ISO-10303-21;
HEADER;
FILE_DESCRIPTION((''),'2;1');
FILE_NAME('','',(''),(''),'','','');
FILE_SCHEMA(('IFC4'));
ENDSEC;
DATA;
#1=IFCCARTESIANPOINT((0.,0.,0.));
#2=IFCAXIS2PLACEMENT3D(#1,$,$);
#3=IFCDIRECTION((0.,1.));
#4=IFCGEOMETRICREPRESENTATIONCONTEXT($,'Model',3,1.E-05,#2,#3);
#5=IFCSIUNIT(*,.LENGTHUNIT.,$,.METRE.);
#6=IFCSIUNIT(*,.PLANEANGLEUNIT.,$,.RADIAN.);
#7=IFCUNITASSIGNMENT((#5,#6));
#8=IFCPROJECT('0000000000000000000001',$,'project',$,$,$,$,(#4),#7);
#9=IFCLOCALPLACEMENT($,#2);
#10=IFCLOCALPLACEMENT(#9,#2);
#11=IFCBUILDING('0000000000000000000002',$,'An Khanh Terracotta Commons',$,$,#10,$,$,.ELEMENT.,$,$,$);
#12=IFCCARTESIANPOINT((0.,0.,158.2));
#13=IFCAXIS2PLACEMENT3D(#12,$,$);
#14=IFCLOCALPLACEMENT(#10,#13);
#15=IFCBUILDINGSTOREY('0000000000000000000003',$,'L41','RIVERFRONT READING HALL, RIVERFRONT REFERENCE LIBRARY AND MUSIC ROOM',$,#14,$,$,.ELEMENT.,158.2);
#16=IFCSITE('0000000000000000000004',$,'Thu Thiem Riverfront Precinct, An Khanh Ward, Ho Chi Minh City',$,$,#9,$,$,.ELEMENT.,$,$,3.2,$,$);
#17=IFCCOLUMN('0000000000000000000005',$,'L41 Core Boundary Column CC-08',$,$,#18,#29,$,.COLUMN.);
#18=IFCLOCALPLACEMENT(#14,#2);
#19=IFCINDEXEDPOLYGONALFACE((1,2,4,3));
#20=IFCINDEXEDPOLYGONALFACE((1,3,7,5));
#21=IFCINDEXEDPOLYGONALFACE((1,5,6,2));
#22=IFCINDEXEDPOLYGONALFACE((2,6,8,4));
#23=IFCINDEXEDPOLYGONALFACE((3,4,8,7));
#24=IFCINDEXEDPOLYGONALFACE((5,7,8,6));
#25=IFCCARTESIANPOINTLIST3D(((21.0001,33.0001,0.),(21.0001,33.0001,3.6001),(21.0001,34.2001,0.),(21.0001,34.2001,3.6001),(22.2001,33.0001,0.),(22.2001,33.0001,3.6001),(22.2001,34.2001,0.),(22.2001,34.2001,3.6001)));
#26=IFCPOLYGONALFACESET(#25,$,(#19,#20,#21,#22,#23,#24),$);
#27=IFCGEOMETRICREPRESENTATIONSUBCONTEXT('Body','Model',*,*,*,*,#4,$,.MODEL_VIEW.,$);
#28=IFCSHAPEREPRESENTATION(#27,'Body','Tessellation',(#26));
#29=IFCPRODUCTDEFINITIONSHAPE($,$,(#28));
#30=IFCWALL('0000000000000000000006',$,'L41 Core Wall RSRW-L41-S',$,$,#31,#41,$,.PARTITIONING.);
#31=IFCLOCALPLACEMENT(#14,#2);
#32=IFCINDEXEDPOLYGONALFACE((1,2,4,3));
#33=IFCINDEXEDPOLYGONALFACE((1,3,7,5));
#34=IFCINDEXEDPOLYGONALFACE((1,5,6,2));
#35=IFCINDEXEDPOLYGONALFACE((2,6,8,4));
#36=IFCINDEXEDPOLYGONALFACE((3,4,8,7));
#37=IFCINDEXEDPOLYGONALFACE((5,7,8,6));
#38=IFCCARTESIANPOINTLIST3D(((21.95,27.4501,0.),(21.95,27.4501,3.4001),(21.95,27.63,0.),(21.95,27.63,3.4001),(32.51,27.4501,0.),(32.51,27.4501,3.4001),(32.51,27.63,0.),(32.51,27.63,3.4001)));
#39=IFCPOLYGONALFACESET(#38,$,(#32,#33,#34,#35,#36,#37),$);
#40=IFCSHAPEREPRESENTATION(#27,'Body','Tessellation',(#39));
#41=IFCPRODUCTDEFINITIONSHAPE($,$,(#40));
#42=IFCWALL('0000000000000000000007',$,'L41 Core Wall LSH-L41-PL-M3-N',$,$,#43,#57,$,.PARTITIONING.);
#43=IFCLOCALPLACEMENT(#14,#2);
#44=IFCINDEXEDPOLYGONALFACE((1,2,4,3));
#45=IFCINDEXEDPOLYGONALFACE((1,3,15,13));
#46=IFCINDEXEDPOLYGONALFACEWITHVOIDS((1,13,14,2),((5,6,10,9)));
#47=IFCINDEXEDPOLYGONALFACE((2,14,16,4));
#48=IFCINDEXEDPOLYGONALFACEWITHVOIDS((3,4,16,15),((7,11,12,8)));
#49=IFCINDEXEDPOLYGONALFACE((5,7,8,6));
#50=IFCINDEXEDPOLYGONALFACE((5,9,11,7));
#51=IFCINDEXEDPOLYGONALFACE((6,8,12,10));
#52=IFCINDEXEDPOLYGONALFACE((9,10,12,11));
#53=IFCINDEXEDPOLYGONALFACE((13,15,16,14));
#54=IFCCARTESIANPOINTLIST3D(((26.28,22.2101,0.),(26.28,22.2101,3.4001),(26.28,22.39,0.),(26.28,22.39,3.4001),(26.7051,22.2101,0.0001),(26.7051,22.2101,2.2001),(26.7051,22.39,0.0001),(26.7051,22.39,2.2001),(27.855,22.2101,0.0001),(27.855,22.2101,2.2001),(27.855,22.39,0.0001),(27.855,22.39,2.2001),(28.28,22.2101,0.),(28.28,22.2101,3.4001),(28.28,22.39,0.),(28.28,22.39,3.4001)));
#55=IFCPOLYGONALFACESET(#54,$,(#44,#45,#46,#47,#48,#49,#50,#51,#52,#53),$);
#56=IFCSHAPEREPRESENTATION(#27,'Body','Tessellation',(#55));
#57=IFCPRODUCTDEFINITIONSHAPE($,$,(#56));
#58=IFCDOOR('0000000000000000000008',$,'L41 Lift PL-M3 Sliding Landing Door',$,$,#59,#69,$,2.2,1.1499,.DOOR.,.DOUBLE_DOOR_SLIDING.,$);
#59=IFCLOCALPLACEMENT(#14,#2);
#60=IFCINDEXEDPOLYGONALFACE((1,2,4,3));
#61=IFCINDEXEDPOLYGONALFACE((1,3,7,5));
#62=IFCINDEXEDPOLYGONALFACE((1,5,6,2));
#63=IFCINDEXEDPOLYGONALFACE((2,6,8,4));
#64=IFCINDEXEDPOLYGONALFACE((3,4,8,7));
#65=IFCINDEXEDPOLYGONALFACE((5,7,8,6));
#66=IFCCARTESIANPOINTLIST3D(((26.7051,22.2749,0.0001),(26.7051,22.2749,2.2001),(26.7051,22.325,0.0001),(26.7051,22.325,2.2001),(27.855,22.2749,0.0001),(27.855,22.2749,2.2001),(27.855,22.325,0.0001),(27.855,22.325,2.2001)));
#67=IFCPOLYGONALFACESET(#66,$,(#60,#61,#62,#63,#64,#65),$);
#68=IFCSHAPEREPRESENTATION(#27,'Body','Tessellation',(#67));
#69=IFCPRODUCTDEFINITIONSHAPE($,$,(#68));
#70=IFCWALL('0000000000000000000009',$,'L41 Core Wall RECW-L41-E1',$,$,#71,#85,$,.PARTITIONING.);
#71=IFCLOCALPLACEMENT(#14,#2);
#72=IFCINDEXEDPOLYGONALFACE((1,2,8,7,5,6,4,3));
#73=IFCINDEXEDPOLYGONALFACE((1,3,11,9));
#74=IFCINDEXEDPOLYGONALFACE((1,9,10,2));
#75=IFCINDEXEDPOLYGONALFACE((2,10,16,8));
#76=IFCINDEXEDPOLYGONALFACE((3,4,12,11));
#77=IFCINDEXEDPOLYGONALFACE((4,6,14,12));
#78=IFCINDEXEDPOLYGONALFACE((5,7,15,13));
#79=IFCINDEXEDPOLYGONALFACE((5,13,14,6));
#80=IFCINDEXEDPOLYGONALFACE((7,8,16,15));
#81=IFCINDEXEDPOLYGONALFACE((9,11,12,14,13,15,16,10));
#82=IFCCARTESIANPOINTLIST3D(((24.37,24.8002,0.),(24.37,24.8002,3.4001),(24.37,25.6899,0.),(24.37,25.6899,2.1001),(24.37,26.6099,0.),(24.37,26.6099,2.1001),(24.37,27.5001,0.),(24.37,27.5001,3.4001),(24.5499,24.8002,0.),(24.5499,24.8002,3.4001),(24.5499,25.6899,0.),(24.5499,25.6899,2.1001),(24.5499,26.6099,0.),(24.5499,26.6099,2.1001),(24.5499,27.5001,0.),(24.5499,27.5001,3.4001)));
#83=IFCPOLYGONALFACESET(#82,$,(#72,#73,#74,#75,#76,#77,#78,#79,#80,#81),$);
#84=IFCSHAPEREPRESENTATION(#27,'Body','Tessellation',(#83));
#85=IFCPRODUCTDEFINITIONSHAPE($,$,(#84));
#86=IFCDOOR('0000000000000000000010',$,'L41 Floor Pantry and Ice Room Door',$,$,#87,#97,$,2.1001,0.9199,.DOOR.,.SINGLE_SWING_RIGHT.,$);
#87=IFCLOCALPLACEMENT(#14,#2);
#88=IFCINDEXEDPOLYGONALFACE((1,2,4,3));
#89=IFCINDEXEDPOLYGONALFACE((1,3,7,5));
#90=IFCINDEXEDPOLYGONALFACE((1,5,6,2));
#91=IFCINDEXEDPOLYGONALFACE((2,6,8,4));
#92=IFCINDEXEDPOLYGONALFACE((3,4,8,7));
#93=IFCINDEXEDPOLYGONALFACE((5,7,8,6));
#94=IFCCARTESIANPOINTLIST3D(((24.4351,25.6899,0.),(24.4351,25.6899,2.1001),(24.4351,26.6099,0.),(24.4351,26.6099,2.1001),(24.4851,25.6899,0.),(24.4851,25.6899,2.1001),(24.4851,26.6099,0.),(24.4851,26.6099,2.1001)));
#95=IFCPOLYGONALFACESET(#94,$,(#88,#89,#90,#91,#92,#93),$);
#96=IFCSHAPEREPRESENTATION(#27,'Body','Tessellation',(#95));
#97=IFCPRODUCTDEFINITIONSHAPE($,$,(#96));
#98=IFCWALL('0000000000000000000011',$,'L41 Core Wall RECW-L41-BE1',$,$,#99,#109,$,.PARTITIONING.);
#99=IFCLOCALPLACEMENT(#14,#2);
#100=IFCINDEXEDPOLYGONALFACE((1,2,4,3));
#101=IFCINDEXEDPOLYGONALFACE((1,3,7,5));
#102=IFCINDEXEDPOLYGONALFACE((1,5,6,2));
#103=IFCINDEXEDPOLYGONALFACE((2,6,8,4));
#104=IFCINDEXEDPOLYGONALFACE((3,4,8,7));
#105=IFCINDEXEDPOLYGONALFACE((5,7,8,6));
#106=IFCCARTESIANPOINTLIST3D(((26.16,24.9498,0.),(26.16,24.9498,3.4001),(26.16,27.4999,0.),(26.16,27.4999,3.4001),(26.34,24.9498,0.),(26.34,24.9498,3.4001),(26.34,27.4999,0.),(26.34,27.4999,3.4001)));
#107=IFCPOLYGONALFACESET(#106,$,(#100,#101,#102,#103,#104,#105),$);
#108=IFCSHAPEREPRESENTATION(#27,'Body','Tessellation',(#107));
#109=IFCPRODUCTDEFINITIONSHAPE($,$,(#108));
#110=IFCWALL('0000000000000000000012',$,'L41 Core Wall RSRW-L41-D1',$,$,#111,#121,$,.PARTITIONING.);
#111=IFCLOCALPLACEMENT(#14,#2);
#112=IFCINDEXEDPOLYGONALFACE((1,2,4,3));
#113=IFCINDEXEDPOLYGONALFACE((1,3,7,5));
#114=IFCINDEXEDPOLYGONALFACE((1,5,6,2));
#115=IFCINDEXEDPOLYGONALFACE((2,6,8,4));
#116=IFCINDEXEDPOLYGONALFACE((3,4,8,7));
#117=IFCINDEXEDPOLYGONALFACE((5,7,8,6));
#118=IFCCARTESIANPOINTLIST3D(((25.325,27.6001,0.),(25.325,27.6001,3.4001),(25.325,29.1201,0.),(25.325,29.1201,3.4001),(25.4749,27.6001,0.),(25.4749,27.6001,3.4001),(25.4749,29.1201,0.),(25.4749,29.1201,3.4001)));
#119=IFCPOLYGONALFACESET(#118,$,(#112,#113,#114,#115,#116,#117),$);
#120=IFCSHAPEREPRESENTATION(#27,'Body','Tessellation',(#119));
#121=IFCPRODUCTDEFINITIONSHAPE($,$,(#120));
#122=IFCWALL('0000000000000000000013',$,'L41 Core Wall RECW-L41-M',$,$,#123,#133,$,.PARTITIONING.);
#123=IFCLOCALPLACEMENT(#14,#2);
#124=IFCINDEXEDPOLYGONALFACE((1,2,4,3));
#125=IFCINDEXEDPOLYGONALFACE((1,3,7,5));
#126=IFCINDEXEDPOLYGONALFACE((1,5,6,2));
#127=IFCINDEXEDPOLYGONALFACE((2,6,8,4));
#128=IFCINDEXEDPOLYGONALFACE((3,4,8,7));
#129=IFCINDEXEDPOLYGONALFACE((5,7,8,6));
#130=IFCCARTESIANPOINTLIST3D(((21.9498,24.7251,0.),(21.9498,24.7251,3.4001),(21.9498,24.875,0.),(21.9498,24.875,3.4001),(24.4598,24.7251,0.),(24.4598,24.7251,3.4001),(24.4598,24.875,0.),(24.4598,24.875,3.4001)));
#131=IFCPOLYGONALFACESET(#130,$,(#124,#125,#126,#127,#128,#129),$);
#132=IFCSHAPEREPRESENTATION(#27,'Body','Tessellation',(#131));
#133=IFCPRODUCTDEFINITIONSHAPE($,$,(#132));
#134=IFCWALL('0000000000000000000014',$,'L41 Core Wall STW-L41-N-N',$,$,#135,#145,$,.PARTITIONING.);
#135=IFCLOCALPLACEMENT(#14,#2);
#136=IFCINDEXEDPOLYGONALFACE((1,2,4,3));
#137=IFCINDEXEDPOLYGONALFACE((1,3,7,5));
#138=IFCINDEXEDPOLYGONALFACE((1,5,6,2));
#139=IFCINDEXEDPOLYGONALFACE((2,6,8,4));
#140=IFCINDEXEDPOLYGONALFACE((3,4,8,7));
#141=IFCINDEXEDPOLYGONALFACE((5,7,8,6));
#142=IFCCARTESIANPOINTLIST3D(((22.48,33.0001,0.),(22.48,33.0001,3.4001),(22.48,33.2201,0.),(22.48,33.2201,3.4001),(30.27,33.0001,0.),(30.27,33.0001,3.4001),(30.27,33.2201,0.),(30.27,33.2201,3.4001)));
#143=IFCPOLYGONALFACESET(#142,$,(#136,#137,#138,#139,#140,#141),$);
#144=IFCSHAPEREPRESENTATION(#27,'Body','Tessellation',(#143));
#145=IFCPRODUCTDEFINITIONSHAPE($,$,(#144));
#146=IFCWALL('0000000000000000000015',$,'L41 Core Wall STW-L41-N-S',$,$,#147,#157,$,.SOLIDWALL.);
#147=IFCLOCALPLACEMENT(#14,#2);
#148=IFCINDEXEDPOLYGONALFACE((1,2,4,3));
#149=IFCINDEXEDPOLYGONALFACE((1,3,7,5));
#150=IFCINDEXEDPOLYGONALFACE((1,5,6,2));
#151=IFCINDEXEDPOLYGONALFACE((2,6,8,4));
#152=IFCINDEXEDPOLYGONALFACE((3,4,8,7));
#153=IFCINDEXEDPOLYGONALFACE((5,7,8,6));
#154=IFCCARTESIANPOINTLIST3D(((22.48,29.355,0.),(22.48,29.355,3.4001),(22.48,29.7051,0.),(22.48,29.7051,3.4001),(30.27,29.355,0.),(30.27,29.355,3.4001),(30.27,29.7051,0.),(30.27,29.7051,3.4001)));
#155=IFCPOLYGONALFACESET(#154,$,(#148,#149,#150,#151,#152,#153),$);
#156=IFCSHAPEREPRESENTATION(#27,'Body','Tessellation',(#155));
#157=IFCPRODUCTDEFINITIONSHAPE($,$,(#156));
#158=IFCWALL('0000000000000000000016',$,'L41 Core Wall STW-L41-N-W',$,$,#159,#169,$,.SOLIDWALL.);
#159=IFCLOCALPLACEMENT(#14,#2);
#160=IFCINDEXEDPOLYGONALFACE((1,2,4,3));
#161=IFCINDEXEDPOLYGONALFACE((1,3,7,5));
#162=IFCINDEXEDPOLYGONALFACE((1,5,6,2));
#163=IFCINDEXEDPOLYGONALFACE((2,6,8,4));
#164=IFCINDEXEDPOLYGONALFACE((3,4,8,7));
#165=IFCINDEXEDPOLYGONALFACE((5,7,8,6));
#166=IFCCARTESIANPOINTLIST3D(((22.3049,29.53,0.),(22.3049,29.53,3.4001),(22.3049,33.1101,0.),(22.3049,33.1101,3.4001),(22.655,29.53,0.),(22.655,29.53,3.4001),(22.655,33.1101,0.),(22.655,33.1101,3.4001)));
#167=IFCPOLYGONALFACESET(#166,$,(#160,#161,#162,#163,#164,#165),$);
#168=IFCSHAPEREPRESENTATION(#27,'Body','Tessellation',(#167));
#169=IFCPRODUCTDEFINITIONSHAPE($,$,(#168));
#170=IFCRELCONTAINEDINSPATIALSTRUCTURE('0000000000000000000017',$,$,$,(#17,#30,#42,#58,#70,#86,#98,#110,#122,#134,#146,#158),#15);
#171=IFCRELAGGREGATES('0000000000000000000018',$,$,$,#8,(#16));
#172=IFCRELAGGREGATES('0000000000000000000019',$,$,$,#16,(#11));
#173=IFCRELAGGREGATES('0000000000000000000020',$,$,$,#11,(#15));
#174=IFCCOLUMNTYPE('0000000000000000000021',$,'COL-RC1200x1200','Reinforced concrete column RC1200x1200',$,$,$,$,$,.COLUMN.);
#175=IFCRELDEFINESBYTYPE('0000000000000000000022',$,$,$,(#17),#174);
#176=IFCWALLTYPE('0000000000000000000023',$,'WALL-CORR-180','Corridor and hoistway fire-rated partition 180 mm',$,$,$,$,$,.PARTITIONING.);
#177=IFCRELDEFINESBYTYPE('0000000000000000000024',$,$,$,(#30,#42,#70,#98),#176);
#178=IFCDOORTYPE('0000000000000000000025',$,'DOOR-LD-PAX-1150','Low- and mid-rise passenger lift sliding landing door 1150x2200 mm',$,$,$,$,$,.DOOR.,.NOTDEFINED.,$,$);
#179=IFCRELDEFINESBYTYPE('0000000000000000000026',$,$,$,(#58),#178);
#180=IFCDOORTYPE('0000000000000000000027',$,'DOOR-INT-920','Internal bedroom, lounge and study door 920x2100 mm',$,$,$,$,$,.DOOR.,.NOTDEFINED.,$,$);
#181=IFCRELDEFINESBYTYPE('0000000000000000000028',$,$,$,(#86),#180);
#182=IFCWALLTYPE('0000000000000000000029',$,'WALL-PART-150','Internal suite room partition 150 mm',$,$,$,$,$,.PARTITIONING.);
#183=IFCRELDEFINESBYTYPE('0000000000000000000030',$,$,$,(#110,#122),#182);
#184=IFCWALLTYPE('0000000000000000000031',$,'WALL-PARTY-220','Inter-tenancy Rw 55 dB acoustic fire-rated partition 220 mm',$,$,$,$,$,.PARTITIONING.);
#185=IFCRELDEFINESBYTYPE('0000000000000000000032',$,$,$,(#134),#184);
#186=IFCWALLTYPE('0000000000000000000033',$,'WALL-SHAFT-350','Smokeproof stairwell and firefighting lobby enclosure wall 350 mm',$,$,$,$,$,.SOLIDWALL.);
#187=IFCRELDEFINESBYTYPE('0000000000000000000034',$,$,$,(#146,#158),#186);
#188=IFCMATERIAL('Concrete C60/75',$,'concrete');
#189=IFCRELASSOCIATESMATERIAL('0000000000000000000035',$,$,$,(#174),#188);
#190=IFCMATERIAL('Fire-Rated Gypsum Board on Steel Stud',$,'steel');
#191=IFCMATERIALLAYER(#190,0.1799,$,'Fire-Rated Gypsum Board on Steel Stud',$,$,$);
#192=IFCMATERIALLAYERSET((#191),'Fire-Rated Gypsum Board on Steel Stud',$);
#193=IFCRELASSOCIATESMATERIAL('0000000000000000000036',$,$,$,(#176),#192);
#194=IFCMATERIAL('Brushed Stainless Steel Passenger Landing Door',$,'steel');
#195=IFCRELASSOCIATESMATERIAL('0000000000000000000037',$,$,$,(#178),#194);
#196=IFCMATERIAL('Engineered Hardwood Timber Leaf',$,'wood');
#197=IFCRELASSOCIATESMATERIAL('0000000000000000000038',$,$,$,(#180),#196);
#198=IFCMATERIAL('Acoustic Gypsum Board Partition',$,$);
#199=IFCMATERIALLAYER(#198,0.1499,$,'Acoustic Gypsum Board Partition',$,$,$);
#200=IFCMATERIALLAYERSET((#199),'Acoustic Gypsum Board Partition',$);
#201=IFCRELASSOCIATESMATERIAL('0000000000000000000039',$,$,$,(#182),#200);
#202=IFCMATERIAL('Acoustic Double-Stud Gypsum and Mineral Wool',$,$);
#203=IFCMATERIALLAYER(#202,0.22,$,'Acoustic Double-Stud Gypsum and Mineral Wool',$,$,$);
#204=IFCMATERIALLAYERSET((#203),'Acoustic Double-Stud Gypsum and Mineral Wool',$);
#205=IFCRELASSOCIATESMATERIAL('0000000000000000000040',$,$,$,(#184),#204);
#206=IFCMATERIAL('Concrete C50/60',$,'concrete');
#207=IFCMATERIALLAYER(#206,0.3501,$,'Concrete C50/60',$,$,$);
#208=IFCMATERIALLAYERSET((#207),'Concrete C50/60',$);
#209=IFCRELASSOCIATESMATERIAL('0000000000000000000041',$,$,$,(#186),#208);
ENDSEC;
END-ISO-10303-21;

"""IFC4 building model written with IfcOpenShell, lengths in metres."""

from ifc_helpers import new_model, si_unit, direction, frame, frame_2d, origin, origin_2d, place, context, subcontext, project, spatial, rectangle, extrude, material, layer, layer_set, material_profile, profile_set, type_object, element, fill, save


model = new_model("IFC4")

# Units and contexts
model_context = context("Model", 3, precision=1e-05, world=origin(), true_north=direction((0.0, 1.0)))
body_context = subcontext(model_context, "Body", "Model", "MODEL_VIEW")
ifc_project = project(units=[si_unit("LENGTHUNIT", "METRE"), si_unit("PLANEANGLEUNIT", "RADIAN")], contexts=[model_context])

# Site, building, storey
site_placement = place(None, origin())
site = spatial("IfcSite", under=ifc_project, at=site_placement, Name="Thu Thiem Riverfront Precinct, An Khanh Ward, Ho Chi Minh City", CompositionType="ELEMENT", RefElevation=3.2)
building_placement = place(site_placement, origin())
building = spatial("IfcBuilding", under=site, at=building_placement, Name="An Khanh Terracotta Commons", CompositionType="ELEMENT")
storey_placement = place(building_placement, frame((0.0, 0.0, 158.2)))
storey = spatial("IfcBuildingStorey", under=building, at=storey_placement, Name="L41", Description="RIVERFRONT READING HALL, RIVERFRONT REFERENCE LIBRARY AND MUSIC ROOM", CompositionType="ELEMENT", Elevation=158.2)

# Column
ifc_material_1 = material(Name="Concrete C60/75", Category="concrete")
ifc_material_profile = material_profile(ifc_material_1, rectangle(XDim=1.2, YDim=1.2, at=origin_2d()), Name="RC1200x1200")
ifc_profile_set = profile_set([ifc_material_profile], Name="Concrete C60/75")
column_type = type_object("IfcColumnType", Name="COL-RC1200x1200", Description="Reinforced concrete column RC1200x1200", PredefinedType="COLUMN", material=ifc_profile_set)
column_placement = place(storey_placement, frame((21.6001, 33.6001, 0.0), z_axis=(0.0, 0.0, 1.0), x_axis=(1.0, 0.0, 0.0)))
element("IfcColumn", 1, at=column_placement, inside=storey, type_object=column_type, Name="L41 Core Boundary Column CC-08", PredefinedType="COLUMN", context=body_context, shape_type="SweptSolid", body=[
    extrude(rectangle(XDim=1.2, YDim=1.2, at=origin_2d()), origin(), (0.0, 0.0, 1.0), 3.6001),
])

# Wall
ifc_material_2 = material(Name="Fire-Rated Gypsum Board on Steel Stud", Category="steel")
ifc_layer_1 = layer(ifc_material_2, 0.1799, Name="Fire-Rated Gypsum Board on Steel Stud")
ifc_layer_set_1 = layer_set([ifc_layer_1], Name="Fire-Rated Gypsum Board on Steel Stud")
wall_type_1 = type_object("IfcWallType", Name="WALL-CORR-180", Description="Corridor and hoistway fire-rated partition 180 mm", PredefinedType="PARTITIONING", material=ifc_layer_set_1)
wall_1_placement = place(storey_placement, frame((21.95, 27.54, 0.0), z_axis=(0.0, 0.0, 1.0), x_axis=(1.0, 0.0, 0.0)))
element("IfcWall", 2, at=wall_1_placement, inside=storey, type_object=wall_type_1, Name="L41 Core Wall RSRW-L41-S", PredefinedType="PARTITIONING", context=body_context, shape_type="SweptSolid", body=[
    extrude(rectangle(XDim=10.5601, YDim=0.1799, at=frame_2d((5.28, 0.0))), origin(), (0.0, 0.0, 1.0), 3.4001),
])

# Walls, openings, doors
wall_2_placement = place(storey_placement, frame((26.28, 22.3, 0.0), z_axis=(0.0, 0.0, 1.0), x_axis=(1.0, 0.0, 0.0)))
wall_2 = element("IfcWall", 3, at=wall_2_placement, inside=storey, type_object=wall_type_1, Name="L41 Core Wall LSH-L41-PL-M3-N", PredefinedType="PARTITIONING", context=body_context, shape_type="SweptSolid", body=[
    extrude(rectangle(XDim=2.0, YDim=0.1799, at=frame_2d((1.0, 0.0))), origin(), (0.0, 0.0, 1.0), 3.4001),
])
opening_1_placement = place(wall_2_placement, frame((0.425, 0.0, 0.0)))
opening_1 = element("IfcOpeningElement", 4, at=opening_1_placement, cuts=wall_2, PredefinedType="OPENING", context=body_context, shape_type="SweptSolid", body=[
    extrude(rectangle(XDim=1.1499, YDim=2.2, at=frame_2d((0.575, 1.1001))), frame((0.0, 0.0999, 0.0), z_axis=(0.0, -1.0, 0.0), x_axis=(1.0, 0.0, 0.0)), (0.0, 0.0, 1.0), 0.2),
])
ifc_material_3 = material(Name="Brushed Stainless Steel Passenger Landing Door", Category="steel")
door_type_1 = type_object("IfcDoorType", Name="DOOR-LD-PAX-1150", Description="Low- and mid-rise passenger lift sliding landing door 1150x2200 mm", OperationType="NOTDEFINED", PredefinedType="DOOR", material=ifc_material_3)
door_1_placement = place(opening_1_placement, origin())
door_1 = element("IfcDoor", 5, at=door_1_placement, inside=storey, type_object=door_type_1, Name="L41 Lift PL-M3 Sliding Landing Door", OperationType="DOUBLE_DOOR_SLIDING", OverallHeight=2.2, OverallWidth=1.1499, PredefinedType="DOOR", context=body_context, shape_type="SweptSolid", body=[
    extrude(rectangle(XDim=1.1499, YDim=2.2, at=frame_2d((0.575, 1.1001))), frame((0.0, 0.0249, 0.0), z_axis=(0.0, -1.0, 0.0), x_axis=(1.0, 0.0, 0.0)), (0.0, 0.0, 1.0), 0.05),
])
fill(opening_1, door_1)
wall_3_placement = place(storey_placement, frame((24.46, 24.8, 0.0), z_axis=(0.0, 0.0, 1.0), x_axis=(0.0, 1.0, 0.0)))
wall_3 = element("IfcWall", 6, at=wall_3_placement, inside=storey, type_object=wall_type_1, Name="L41 Core Wall RECW-L41-E1", PredefinedType="PARTITIONING", context=body_context, shape_type="SweptSolid", body=[
    extrude(rectangle(XDim=2.7, YDim=0.1799, at=frame_2d((1.3501, 0.0))), origin(), (0.0, 0.0, 1.0), 3.4001),
])
opening_2_placement = place(wall_3_placement, frame((0.8899, 0.0, 0.0)))
opening_2 = element("IfcOpeningElement", 7, at=opening_2_placement, cuts=wall_3, PredefinedType="OPENING", context=body_context, shape_type="SweptSolid", body=[
    extrude(rectangle(XDim=0.9199, YDim=2.1001, at=frame_2d((0.46, 1.05))), frame((0.0, 0.0999, 0.0), z_axis=(0.0, -1.0, 0.0), x_axis=(1.0, 0.0, 0.0)), (0.0, 0.0, 1.0), 0.2),
])
ifc_material_4 = material(Name="Engineered Hardwood Timber Leaf", Category="wood")
door_type_2 = type_object("IfcDoorType", Name="DOOR-INT-920", Description="Internal bedroom, lounge and study door 920x2100 mm", OperationType="NOTDEFINED", PredefinedType="DOOR", material=ifc_material_4)
door_2_placement = place(opening_2_placement, origin())
door_2 = element("IfcDoor", 8, at=door_2_placement, inside=storey, type_object=door_type_2, Name="L41 Floor Pantry and Ice Room Door", OperationType="SINGLE_SWING_RIGHT", OverallHeight=2.1001, OverallWidth=0.9199, PredefinedType="DOOR", context=body_context, shape_type="SweptSolid", body=[
    extrude(rectangle(XDim=0.9199, YDim=2.1001, at=frame_2d((0.46, 1.05))), frame((0.0, 0.0249, 0.0), z_axis=(0.0, -1.0, 0.0), x_axis=(1.0, 0.0, 0.0)), (0.0, 0.0, 1.0), 0.05),
])
fill(opening_2, door_2)

# Walls
wall_4_placement = place(storey_placement, frame((26.25, 24.95, 0.0), z_axis=(0.0, 0.0, 1.0), x_axis=(0.0, 1.0, 0.0)))
element("IfcWall", 9, at=wall_4_placement, inside=storey, type_object=wall_type_1, Name="L41 Core Wall RECW-L41-BE1", PredefinedType="PARTITIONING", context=body_context, shape_type="SweptSolid", body=[
    extrude(rectangle(XDim=2.55, YDim=0.1799, at=frame_2d((1.2749, 0.0))), origin(), (0.0, 0.0, 1.0), 3.4001),
])
ifc_material_5 = material(Name="Acoustic Gypsum Board Partition")
ifc_layer_2 = layer(ifc_material_5, 0.1499, Name="Acoustic Gypsum Board Partition")
ifc_layer_set_2 = layer_set([ifc_layer_2], Name="Acoustic Gypsum Board Partition")
wall_type_2 = type_object("IfcWallType", Name="WALL-PART-150", Description="Internal suite room partition 150 mm", PredefinedType="PARTITIONING", material=ifc_layer_set_2)
wall_5_placement = place(storey_placement, frame((25.3999, 27.6001, 0.0), z_axis=(0.0, 0.0, 1.0), x_axis=(0.0, 1.0, 0.0)))
element("IfcWall", 10, at=wall_5_placement, inside=storey, type_object=wall_type_2, Name="L41 Core Wall RSRW-L41-D1", PredefinedType="PARTITIONING", context=body_context, shape_type="SweptSolid", body=[
    extrude(rectangle(XDim=1.52, YDim=0.1499, at=frame_2d((0.76, 0.0))), origin(), (0.0, 0.0, 1.0), 3.4001),
])
wall_6_placement = place(storey_placement, frame((21.95, 24.8, 0.0), z_axis=(0.0, 0.0, 1.0), x_axis=(1.0, 0.0, 0.0)))
element("IfcWall", 11, at=wall_6_placement, inside=storey, type_object=wall_type_2, Name="L41 Core Wall RECW-L41-M", PredefinedType="PARTITIONING", context=body_context, shape_type="SweptSolid", body=[
    extrude(rectangle(XDim=2.51, YDim=0.1499, at=frame_2d((1.2549, 0.0))), origin(), (0.0, 0.0, 1.0), 3.4001),
])
ifc_material_6 = material(Name="Acoustic Double-Stud Gypsum and Mineral Wool")
ifc_layer_3 = layer(ifc_material_6, 0.22, Name="Acoustic Double-Stud Gypsum and Mineral Wool")
ifc_layer_set_3 = layer_set([ifc_layer_3], Name="Acoustic Double-Stud Gypsum and Mineral Wool")
wall_type_3 = type_object("IfcWallType", Name="WALL-PARTY-220", Description="Inter-tenancy Rw 55 dB acoustic fire-rated partition 220 mm", PredefinedType="PARTITIONING", material=ifc_layer_set_3)
wall_7_placement = place(storey_placement, frame((22.48, 33.1101, 0.0), z_axis=(0.0, 0.0, 1.0), x_axis=(1.0, 0.0, 0.0)))
element("IfcWall", 12, at=wall_7_placement, inside=storey, type_object=wall_type_3, Name="L41 Core Wall STW-L41-N-N", PredefinedType="PARTITIONING", context=body_context, shape_type="SweptSolid", body=[
    extrude(rectangle(XDim=7.79, YDim=0.22, at=frame_2d((3.895, 0.0))), origin(), (0.0, 0.0, 1.0), 3.4001),
])
ifc_material_7 = material(Name="Concrete C50/60", Category="concrete")
ifc_layer_4 = layer(ifc_material_7, 0.3501, Name="Concrete C50/60")
ifc_layer_set_4 = layer_set([ifc_layer_4], Name="Concrete C50/60")
wall_type_4 = type_object("IfcWallType", Name="WALL-SHAFT-350", Description="Smokeproof stairwell and firefighting lobby enclosure wall 350 mm", PredefinedType="SOLIDWALL", material=ifc_layer_set_4)
wall_8_placement = place(storey_placement, frame((22.48, 29.53, 0.0), z_axis=(0.0, 0.0, 1.0), x_axis=(1.0, 0.0, 0.0)))
element("IfcWall", 13, at=wall_8_placement, inside=storey, type_object=wall_type_4, Name="L41 Core Wall STW-L41-N-S", PredefinedType="SOLIDWALL", context=body_context, shape_type="SweptSolid", body=[
    extrude(rectangle(XDim=7.79, YDim=0.3501, at=frame_2d((3.895, 0.0))), origin(), (0.0, 0.0, 1.0), 3.4001),
])
wall_9_placement = place(storey_placement, frame((22.48, 29.53, 0.0), z_axis=(0.0, 0.0, 1.0), x_axis=(0.0, 1.0, 0.0)))
element("IfcWall", 14, at=wall_9_placement, inside=storey, type_object=wall_type_4, Name="L41 Core Wall STW-L41-N-W", PredefinedType="SOLIDWALL", context=body_context, shape_type="SweptSolid", body=[
    extrude(rectangle(XDim=3.5801, YDim=0.3501, at=frame_2d((1.79, 0.0))), origin(), (0.0, 0.0, 1.0), 3.4001),
])

save(model, "model.ifc")
